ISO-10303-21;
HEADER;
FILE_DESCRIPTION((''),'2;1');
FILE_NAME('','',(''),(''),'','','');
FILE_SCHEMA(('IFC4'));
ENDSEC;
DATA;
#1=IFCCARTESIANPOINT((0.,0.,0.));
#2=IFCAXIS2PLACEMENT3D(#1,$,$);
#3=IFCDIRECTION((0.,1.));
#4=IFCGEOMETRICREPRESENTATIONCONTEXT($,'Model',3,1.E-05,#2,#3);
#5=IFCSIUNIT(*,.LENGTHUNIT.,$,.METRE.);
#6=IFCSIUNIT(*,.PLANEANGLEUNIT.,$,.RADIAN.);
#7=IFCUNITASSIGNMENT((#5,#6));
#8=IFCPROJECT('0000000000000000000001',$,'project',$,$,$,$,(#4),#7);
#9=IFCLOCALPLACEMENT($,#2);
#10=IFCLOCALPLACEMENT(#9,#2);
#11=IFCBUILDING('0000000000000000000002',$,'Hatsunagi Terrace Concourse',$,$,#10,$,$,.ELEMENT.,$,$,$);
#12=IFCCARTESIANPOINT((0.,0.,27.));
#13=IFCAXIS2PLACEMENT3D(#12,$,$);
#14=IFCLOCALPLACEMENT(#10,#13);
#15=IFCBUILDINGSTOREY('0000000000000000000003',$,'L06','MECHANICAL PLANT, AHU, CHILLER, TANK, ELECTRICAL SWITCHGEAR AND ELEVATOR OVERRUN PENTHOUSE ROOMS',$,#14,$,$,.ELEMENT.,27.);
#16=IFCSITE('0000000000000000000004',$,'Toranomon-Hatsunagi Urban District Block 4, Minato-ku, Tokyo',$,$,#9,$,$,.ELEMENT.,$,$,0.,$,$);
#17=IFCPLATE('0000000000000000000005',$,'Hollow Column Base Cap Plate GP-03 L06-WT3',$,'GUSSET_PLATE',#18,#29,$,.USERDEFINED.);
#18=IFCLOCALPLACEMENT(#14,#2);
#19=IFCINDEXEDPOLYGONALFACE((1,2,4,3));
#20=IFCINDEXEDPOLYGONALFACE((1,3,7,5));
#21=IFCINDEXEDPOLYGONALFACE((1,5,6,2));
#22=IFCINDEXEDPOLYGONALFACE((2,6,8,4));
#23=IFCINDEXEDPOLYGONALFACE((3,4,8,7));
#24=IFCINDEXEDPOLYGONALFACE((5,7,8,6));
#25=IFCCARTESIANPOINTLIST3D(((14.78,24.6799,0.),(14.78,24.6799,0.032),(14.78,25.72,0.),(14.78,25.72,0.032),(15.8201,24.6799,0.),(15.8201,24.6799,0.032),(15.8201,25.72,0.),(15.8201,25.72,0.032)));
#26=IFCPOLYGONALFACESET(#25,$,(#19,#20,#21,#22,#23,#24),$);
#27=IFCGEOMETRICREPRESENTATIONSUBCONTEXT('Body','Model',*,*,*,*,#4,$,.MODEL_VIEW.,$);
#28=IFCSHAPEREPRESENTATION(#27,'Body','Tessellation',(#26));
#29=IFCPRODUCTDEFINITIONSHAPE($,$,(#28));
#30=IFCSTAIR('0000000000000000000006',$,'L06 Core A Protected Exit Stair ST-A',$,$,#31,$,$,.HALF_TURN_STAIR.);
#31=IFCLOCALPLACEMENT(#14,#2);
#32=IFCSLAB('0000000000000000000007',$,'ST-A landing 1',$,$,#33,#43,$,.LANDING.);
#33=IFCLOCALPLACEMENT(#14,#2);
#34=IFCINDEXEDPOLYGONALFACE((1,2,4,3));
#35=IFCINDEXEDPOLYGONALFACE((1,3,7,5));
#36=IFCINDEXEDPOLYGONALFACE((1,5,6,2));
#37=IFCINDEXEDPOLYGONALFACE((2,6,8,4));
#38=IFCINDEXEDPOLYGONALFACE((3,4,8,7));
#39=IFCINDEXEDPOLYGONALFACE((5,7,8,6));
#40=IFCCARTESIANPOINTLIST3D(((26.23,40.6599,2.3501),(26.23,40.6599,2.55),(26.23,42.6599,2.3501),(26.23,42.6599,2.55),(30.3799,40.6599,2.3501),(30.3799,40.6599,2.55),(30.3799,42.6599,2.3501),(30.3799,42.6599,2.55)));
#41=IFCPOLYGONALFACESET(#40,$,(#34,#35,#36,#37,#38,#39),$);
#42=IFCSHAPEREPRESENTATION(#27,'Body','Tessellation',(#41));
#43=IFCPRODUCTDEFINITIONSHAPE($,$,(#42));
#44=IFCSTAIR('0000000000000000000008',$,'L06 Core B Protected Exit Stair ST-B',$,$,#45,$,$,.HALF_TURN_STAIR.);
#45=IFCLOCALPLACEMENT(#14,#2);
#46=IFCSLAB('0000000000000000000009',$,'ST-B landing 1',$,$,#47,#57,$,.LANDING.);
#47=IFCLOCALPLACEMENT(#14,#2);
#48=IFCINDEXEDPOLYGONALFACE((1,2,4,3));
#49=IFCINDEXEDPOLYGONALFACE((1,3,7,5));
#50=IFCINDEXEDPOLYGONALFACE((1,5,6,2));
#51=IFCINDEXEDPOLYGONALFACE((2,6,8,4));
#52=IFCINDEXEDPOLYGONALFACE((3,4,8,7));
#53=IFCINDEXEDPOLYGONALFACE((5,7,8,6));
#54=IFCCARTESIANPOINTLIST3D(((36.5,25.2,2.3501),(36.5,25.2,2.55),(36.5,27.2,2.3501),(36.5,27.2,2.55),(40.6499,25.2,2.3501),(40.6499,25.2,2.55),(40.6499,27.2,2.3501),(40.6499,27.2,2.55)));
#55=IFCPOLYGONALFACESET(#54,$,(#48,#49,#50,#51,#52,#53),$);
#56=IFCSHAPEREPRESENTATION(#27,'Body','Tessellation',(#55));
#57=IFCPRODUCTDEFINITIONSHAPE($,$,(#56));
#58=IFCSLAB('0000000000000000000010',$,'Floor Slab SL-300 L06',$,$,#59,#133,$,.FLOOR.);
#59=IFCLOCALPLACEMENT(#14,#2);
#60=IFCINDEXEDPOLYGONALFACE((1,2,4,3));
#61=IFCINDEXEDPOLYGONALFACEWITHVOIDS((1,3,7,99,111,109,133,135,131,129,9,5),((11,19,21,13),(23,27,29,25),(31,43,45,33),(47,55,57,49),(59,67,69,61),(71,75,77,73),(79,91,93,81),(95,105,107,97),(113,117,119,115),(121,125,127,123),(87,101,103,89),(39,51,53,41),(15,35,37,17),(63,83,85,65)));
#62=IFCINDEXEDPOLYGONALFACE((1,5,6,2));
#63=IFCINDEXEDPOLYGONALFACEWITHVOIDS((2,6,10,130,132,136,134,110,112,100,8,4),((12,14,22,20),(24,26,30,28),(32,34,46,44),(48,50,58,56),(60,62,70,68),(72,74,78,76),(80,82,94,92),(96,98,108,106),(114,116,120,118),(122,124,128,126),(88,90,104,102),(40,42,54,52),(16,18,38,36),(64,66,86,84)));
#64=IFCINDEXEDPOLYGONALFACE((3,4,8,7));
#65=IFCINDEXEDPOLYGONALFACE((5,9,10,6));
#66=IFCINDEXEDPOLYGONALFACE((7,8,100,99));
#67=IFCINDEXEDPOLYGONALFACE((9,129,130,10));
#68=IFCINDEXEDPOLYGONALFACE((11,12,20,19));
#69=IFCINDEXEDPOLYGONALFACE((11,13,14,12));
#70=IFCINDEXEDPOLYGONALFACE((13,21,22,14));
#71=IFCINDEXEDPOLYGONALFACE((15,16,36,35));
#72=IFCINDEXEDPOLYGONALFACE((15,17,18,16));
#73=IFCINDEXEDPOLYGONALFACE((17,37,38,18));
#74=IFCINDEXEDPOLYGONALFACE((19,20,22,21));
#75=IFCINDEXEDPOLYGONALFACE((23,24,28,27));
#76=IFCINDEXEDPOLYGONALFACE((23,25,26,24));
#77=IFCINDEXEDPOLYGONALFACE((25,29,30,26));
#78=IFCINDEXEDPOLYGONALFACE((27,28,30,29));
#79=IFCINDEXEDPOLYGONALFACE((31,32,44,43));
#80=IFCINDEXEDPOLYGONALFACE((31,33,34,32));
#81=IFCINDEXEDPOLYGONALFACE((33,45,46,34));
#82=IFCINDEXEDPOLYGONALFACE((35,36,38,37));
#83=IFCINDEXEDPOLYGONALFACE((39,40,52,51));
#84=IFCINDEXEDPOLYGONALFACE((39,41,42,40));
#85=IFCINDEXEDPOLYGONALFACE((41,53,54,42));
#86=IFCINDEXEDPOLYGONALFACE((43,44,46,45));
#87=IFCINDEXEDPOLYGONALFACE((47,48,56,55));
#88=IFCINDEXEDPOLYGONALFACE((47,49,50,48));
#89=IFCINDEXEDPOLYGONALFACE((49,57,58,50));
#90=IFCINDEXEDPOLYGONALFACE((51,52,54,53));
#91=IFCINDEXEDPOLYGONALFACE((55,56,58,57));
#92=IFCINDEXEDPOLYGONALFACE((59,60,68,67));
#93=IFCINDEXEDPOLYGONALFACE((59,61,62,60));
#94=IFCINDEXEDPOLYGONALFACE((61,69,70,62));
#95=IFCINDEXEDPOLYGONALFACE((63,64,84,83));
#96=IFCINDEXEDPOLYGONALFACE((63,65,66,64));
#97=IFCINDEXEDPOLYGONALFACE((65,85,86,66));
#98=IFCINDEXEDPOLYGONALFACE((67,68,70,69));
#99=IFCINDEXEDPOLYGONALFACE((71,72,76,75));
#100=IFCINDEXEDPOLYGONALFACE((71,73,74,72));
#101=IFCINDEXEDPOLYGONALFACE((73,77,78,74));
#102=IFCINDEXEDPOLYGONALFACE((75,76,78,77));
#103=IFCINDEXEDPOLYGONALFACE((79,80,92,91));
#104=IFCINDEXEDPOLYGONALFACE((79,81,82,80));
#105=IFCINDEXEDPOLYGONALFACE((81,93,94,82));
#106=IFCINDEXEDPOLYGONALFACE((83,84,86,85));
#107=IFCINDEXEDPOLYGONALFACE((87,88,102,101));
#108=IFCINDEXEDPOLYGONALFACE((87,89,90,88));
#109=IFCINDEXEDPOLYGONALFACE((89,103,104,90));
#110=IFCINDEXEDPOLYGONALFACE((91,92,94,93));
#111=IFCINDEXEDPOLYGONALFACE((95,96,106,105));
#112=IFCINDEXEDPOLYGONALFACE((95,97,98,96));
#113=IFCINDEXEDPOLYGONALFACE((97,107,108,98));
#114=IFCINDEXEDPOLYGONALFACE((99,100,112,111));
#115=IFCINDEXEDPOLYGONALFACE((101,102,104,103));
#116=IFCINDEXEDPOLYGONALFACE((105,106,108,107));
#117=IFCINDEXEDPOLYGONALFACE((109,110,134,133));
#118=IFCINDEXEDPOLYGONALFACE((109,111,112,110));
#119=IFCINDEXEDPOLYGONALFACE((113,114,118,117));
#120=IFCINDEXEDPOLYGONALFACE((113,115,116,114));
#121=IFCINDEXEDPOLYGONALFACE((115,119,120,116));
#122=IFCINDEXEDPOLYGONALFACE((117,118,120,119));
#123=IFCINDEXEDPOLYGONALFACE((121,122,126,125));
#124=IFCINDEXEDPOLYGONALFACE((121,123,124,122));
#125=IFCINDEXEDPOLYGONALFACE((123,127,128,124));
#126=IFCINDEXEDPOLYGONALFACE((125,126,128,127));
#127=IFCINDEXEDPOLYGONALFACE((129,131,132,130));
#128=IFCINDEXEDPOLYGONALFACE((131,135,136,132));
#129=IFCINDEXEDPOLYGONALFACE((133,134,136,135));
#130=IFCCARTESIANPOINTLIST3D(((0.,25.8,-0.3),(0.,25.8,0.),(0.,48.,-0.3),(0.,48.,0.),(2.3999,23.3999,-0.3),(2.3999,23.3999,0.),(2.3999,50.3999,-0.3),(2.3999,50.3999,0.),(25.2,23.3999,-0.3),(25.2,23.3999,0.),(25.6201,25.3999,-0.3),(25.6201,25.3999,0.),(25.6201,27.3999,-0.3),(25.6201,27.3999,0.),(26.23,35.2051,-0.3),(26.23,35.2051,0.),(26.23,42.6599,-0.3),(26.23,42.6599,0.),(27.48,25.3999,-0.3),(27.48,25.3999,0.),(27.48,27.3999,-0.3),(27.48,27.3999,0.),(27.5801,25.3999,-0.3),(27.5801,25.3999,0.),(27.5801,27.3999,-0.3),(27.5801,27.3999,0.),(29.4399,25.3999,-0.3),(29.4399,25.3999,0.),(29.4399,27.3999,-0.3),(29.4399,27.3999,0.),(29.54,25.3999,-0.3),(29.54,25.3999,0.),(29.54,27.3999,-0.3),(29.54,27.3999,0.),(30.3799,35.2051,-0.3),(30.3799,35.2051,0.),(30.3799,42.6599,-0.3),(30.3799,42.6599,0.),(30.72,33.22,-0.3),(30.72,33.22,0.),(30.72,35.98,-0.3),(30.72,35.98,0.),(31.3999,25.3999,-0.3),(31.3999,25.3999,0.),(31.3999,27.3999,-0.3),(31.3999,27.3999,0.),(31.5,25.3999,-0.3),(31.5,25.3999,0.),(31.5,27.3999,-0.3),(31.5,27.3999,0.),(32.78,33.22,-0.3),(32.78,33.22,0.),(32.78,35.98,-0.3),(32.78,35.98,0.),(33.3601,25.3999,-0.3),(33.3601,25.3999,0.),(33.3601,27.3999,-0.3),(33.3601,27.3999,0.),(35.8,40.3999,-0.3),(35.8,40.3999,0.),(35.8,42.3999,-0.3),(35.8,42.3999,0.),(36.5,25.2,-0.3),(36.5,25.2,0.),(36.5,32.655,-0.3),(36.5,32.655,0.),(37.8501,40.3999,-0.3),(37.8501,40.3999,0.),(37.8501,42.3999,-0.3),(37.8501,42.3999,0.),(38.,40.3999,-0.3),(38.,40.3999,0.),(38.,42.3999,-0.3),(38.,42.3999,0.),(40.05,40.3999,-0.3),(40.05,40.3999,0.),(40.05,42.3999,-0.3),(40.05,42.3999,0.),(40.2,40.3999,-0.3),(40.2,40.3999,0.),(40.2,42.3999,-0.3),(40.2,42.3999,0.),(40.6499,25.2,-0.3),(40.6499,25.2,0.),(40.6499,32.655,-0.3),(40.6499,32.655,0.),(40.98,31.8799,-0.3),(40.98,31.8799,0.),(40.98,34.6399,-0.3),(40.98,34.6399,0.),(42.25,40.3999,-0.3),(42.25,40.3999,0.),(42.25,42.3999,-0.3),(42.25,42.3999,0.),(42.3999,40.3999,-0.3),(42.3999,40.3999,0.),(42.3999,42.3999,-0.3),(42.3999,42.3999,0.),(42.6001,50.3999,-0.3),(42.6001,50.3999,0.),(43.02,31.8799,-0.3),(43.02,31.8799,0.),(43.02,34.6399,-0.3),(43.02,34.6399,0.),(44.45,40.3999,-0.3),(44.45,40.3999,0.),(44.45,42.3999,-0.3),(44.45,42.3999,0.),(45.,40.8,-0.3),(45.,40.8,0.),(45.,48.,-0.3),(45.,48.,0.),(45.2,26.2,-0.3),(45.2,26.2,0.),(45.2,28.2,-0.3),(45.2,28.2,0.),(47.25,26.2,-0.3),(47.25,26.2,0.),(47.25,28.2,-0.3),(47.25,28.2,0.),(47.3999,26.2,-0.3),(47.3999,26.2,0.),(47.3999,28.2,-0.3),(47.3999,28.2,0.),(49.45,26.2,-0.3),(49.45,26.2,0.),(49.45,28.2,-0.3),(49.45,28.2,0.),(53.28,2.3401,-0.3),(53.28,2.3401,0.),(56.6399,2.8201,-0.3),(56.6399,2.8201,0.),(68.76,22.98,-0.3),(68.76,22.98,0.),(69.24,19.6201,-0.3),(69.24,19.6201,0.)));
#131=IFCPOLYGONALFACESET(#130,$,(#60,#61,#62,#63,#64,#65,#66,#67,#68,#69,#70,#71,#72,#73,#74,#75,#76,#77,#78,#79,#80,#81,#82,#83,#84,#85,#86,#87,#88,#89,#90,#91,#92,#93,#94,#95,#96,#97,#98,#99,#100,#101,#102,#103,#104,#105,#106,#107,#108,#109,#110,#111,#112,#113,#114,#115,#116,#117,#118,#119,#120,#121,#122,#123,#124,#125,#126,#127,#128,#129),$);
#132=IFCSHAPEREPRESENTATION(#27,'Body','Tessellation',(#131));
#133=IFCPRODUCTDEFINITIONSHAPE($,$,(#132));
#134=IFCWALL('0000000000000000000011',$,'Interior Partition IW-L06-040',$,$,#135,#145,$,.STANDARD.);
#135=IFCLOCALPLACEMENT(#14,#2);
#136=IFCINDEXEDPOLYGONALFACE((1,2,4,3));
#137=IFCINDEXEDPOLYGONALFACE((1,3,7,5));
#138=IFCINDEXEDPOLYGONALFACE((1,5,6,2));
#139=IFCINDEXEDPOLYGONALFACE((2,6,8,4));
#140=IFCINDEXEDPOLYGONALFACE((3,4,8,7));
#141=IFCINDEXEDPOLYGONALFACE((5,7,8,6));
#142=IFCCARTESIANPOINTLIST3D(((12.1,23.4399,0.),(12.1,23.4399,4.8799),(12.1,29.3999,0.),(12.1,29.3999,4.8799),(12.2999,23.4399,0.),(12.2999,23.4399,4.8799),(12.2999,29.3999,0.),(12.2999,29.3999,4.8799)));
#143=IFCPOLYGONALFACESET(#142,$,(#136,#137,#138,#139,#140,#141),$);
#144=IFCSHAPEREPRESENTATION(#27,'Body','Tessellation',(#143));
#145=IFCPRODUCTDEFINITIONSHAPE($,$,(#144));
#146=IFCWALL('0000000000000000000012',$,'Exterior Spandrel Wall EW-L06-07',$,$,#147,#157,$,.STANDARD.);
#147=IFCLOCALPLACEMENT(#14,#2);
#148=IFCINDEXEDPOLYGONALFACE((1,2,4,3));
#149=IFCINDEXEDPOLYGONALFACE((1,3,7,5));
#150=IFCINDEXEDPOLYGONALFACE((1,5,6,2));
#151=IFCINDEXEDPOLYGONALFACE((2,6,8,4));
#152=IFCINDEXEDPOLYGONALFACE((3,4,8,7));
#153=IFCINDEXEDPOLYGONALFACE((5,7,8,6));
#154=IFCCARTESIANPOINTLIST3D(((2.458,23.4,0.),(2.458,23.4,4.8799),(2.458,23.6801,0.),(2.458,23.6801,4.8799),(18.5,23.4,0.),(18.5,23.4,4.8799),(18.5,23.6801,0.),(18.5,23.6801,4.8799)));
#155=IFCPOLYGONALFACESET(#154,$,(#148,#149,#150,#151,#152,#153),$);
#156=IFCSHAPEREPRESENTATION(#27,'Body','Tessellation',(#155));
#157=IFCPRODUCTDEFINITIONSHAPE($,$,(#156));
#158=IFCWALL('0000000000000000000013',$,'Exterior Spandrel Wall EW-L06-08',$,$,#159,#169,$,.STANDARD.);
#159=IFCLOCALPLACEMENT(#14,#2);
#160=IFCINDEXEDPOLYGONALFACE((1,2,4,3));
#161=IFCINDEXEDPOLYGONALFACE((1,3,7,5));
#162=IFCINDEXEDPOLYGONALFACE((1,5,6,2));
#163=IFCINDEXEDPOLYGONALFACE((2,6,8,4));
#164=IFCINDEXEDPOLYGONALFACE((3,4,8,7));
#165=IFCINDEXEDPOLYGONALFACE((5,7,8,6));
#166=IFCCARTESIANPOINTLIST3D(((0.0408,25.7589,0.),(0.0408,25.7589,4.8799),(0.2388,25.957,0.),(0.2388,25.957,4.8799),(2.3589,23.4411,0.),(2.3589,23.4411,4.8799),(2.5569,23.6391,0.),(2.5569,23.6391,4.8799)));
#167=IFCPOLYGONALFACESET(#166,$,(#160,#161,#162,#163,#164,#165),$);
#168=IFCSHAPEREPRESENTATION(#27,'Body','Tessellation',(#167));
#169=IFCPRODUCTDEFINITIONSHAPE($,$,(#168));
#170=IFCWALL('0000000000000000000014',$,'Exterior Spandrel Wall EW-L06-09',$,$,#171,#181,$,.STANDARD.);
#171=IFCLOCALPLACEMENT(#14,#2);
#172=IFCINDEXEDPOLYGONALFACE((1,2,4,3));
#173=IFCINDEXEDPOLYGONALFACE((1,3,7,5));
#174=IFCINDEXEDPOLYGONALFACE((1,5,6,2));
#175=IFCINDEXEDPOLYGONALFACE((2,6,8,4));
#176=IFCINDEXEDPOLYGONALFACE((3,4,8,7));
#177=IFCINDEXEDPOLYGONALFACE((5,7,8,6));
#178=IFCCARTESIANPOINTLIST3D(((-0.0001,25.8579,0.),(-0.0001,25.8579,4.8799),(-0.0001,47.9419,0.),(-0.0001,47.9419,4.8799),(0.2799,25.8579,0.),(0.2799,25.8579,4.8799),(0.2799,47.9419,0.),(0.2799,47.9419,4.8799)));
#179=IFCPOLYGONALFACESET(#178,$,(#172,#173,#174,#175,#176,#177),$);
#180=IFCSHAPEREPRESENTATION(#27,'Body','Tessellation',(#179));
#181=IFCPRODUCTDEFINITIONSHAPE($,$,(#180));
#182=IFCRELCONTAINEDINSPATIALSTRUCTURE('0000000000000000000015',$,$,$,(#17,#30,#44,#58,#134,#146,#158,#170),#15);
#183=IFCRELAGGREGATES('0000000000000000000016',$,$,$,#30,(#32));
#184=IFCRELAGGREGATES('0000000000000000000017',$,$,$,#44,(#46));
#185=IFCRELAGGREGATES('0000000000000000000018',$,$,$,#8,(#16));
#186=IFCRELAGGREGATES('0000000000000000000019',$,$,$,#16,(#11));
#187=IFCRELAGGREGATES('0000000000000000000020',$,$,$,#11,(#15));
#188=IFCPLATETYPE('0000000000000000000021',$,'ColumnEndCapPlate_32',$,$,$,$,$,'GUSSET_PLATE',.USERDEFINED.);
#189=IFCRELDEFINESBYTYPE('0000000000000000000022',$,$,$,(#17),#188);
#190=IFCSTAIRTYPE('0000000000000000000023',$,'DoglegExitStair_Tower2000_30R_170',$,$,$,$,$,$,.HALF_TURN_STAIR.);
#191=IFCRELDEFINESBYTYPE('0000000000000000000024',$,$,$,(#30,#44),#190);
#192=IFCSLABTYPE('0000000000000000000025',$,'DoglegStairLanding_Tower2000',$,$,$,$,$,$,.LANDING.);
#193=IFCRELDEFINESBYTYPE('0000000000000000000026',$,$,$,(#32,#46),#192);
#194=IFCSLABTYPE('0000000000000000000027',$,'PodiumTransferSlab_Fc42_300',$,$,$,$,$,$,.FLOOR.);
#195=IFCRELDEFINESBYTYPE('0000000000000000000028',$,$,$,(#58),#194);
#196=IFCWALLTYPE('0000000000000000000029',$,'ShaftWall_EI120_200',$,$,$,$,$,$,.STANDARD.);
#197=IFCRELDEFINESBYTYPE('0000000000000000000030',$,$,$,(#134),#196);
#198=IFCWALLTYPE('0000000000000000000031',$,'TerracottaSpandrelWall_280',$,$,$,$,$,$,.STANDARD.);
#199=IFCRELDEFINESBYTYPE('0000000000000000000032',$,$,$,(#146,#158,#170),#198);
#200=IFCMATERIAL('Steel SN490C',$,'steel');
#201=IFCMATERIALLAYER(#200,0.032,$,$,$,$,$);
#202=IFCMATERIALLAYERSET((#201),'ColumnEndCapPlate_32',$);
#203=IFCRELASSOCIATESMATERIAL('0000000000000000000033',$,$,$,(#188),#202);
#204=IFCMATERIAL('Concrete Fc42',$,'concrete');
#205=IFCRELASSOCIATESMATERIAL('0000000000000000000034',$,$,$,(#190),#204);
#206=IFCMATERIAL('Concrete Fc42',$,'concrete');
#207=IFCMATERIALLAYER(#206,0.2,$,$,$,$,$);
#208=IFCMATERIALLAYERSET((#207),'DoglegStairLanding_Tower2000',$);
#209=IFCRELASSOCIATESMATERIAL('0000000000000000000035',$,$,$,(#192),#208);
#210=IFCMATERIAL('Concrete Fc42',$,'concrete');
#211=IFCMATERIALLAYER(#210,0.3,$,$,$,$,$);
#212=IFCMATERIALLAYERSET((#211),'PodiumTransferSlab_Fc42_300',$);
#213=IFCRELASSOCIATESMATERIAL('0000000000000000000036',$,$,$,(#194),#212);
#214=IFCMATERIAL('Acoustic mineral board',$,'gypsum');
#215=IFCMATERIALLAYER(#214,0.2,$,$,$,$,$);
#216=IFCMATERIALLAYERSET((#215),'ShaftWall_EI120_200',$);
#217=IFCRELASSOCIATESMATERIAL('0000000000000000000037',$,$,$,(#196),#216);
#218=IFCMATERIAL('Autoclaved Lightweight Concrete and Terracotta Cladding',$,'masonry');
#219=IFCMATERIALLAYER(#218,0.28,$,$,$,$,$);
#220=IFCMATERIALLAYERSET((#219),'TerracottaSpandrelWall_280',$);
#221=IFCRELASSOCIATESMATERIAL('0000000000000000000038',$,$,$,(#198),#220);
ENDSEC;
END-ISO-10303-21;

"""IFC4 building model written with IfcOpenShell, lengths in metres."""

from ifc_helpers import new_model, si_unit, direction, frame, frame_2d, origin, origin_2d, place, context, subcontext, project, spatial, polyline, rectangle, outline, extrude, material, layer, layer_set, type_object, element, aggregate, save


model = new_model("IFC4")

# Units and contexts
model_context = context("Model", 3, precision=1e-05, world=origin(), true_north=direction((0.0, 1.0)))
body_context = subcontext(model_context, "Body", "Model", "MODEL_VIEW")
ifc_project = project(units=[si_unit("LENGTHUNIT", "METRE"), si_unit("PLANEANGLEUNIT", "RADIAN")], contexts=[model_context])

# Site, building, storey
site_placement = place(None, origin())
site = spatial("IfcSite", under=ifc_project, at=site_placement, Name="Toranomon-Hatsunagi Urban District Block 4, Minato-ku, Tokyo", CompositionType="ELEMENT", RefElevation=0.0)
building_placement = place(site_placement, origin())
building = spatial("IfcBuilding", under=site, at=building_placement, Name="Hatsunagi Terrace Concourse", CompositionType="ELEMENT")
storey_placement = place(building_placement, frame((0.0, 0.0, 27.0)))
storey = spatial("IfcBuildingStorey", under=building, at=storey_placement, Name="L06", Description="MECHANICAL PLANT, AHU, CHILLER, TANK, ELECTRICAL SWITCHGEAR AND ELEVATOR OVERRUN PENTHOUSE ROOMS", CompositionType="ELEMENT", Elevation=27.0)

# Plate
ifc_material_1 = material(Name="Steel SN490C", Category="steel")
ifc_layer_1 = layer(ifc_material_1, 0.032)
ifc_layer_set_1 = layer_set([ifc_layer_1], Name="ColumnEndCapPlate_32")
plate_type = type_object("IfcPlateType", Name="ColumnEndCapPlate_32", ElementType="GUSSET_PLATE", PredefinedType="USERDEFINED", material=ifc_layer_set_1)
plate_placement = place(storey_placement, frame((15.3, 25.2, 0.0), z_axis=(0.0, 0.0, 1.0), x_axis=(1.0, 0.0, 0.0)))
element("IfcPlate", 1, at=plate_placement, inside=storey, type_object=plate_type, Name="Hollow Column Base Cap Plate GP-03 L06-WT3", ObjectType="GUSSET_PLATE", PredefinedType="USERDEFINED", context=body_context, shape_type="SweptSolid", body=[
    extrude(rectangle(XDim=1.04, YDim=1.04, at=origin_2d()), origin(), (0.0, 0.0, 1.0), 0.032),
])

# Stairs, slabs
ifc_material_2 = material(Name="Concrete Fc42", Category="concrete")
stair_type = type_object("IfcStairType", Name="DoglegExitStair_Tower2000_30R_170", PredefinedType="HALF_TURN_STAIR", material=ifc_material_2)
stair_1_placement = place(storey_placement, origin())
stair_1 = element("IfcStair", 2, at=stair_1_placement, inside=storey, type_object=stair_type, Name="L06 Core A Protected Exit Stair ST-A", PredefinedType="HALF_TURN_STAIR")
ifc_material_3 = material(Name="Concrete Fc42", Category="concrete")
ifc_layer_2 = layer(ifc_material_3, 0.2)
ifc_layer_set_2 = layer_set([ifc_layer_2], Name="DoglegStairLanding_Tower2000")
slab_type_1 = type_object("IfcSlabType", Name="DoglegStairLanding_Tower2000", PredefinedType="LANDING", material=ifc_layer_set_2)
slab_1_placement = place(storey_placement, frame((0.0, 0.0, 2.3501)))
slab_1 = element("IfcSlab", 3, at=slab_1_placement, type_object=slab_type_1, Name="ST-A landing 1", PredefinedType="LANDING", context=body_context, shape_type="SweptSolid", body=[
    extrude(outline(polyline([(30.3799, 40.6599), (30.3799, 42.6599), (26.23, 42.6599), (26.23, 40.6599), (30.3799, 40.6599)])), origin(), (0.0, 0.0, 1.0), 0.2),
])
aggregate(stair_1, [slab_1])
stair_2_placement = place(storey_placement, origin())
stair_2 = element("IfcStair", 4, at=stair_2_placement, inside=storey, type_object=stair_type, Name="L06 Core B Protected Exit Stair ST-B", PredefinedType="HALF_TURN_STAIR")
slab_2_placement = place(storey_placement, frame((0.0, 0.0, 2.3501)))
slab_2 = element("IfcSlab", 5, at=slab_2_placement, type_object=slab_type_1, Name="ST-B landing 1", PredefinedType="LANDING", context=body_context, shape_type="SweptSolid", body=[
    extrude(outline(polyline([(36.5, 27.2), (36.5, 25.2), (40.6499, 25.2), (40.6499, 27.2), (36.5, 27.2)])), origin(), (0.0, 0.0, 1.0), 0.2),
])
aggregate(stair_2, [slab_2])

# Slab
ifc_material_4 = material(Name="Concrete Fc42", Category="concrete")
ifc_layer_3 = layer(ifc_material_4, 0.3)
ifc_layer_set_3 = layer_set([ifc_layer_3], Name="PodiumTransferSlab_Fc42_300")
slab_type_2 = type_object("IfcSlabType", Name="PodiumTransferSlab_Fc42_300", PredefinedType="FLOOR", material=ifc_layer_set_3)
slab_3_placement = place(storey_placement, frame((0.0, 0.0, -0.3)))
element("IfcSlab", 6, at=slab_3_placement, inside=storey, type_object=slab_type_2, Name="Floor Slab SL-300 L06", PredefinedType="FLOOR", context=body_context, shape_type="SweptSolid", body=[
    extrude(outline(polyline([(45.0, 40.8), (45.0, 48.0), (42.6001, 50.3999), (2.3999, 50.3999), (0.0, 48.0), (0.0, 25.8), (2.3999, 23.3999), (25.2, 23.3999), (53.28, 2.3401), (56.6399, 2.8201), (69.24, 19.6201), (68.76, 22.98), (45.0, 40.8)]), holes=[polyline([(26.23, 35.2051), (30.3799, 35.2051), (30.3799, 42.6599), (26.23, 42.6599), (26.23, 35.2051)]), polyline([(36.5, 25.2), (40.6499, 25.2), (40.6499, 32.655), (36.5, 32.655), (36.5, 25.2)]), polyline([(30.72, 33.22), (32.78, 33.22), (32.78, 35.98), (30.72, 35.98), (30.72, 33.22)]), polyline([(40.98, 31.8799), (43.02, 31.8799), (43.02, 34.6399), (40.98, 34.6399), (40.98, 31.8799)]), polyline([(25.6201, 25.3999), (27.48, 25.3999), (27.48, 27.3999), (25.6201, 27.3999), (25.6201, 25.3999)]), polyline([(27.5801, 25.3999), (29.4399, 25.3999), (29.4399, 27.3999), (27.5801, 27.3999), (27.5801, 25.3999)]), polyline([(29.54, 25.3999), (31.3999, 25.3999), (31.3999, 27.3999), (29.54, 27.3999), (29.54, 25.3999)]), polyline([(31.5, 25.3999), (33.3601, 25.3999), (33.3601, 27.3999), (31.5, 27.3999), (31.5, 25.3999)]), polyline([(35.8, 40.3999), (37.8501, 40.3999), (37.8501, 42.3999), (35.8, 42.3999), (35.8, 40.3999)]), polyline([(38.0, 40.3999), (40.05, 40.3999), (40.05, 42.3999), (38.0, 42.3999), (38.0, 40.3999)]), polyline([(40.2, 40.3999), (42.25, 40.3999), (42.25, 42.3999), (40.2, 42.3999), (40.2, 40.3999)]), polyline([(42.3999, 40.3999), (44.45, 40.3999), (44.45, 42.3999), (42.3999, 42.3999), (42.3999, 40.3999)]), polyline([(45.2, 26.2), (47.25, 26.2), (47.25, 28.2), (45.2, 28.2), (45.2, 26.2)]), polyline([(47.3999, 26.2), (49.45, 26.2), (49.45, 28.2), (47.3999, 28.2), (47.3999, 26.2)])]), origin(), (0.0, 0.0, 1.0), 0.3),
])

# Walls
ifc_material_5 = material(Name="Acoustic mineral board", Category="gypsum")
ifc_layer_4 = layer(ifc_material_5, 0.2)
ifc_layer_set_4 = layer_set([ifc_layer_4], Name="ShaftWall_EI120_200")
wall_type_1 = type_object("IfcWallType", Name="ShaftWall_EI120_200", PredefinedType="STANDARD", material=ifc_layer_set_4)
wall_1_placement = place(storey_placement, frame((12.2, 23.4399, 0.0), z_axis=(0.0, 0.0, 1.0), x_axis=(0.0, 1.0, 0.0)))
element("IfcWall", 7, at=wall_1_placement, inside=storey, type_object=wall_type_1, Name="Interior Partition IW-L06-040", PredefinedType="STANDARD", context=body_context, shape_type="SweptSolid", body=[
    extrude(rectangle(XDim=5.96, YDim=0.2, at=frame_2d((2.98, 0.0))), origin(), (0.0, 0.0, 1.0), 4.8799),
])
ifc_material_6 = material(Name="Autoclaved Lightweight Concrete and Terracotta Cladding", Category="masonry")
ifc_layer_5 = layer(ifc_material_6, 0.28)
ifc_layer_set_5 = layer_set([ifc_layer_5], Name="TerracottaSpandrelWall_280")
wall_type_2 = type_object("IfcWallType", Name="TerracottaSpandrelWall_280", PredefinedType="STANDARD", material=ifc_layer_set_5)
wall_2_placement = place(storey_placement, frame((18.5, 23.54, 0.0), z_axis=(0.0, 0.0, 1.0), x_axis=(-1.0, 0.0, 0.0)))
element("IfcWall", 8, at=wall_2_placement, inside=storey, type_object=wall_type_2, Name="Exterior Spandrel Wall EW-L06-07", PredefinedType="STANDARD", context=body_context, shape_type="SweptSolid", body=[
    extrude(rectangle(XDim=16.042, YDim=0.28, at=frame_2d((8.021, 0.0))), origin(), (0.0, 0.0, 1.0), 4.8799),
])
wall_3_placement = place(storey_placement, frame((2.458, 23.54, 0.0), z_axis=(0.0, 0.0, 1.0), x_axis=(-0.707144, 0.70707, 0.0)))
element("IfcWall", 9, at=wall_3_placement, inside=storey, type_object=wall_type_2, Name="Exterior Spandrel Wall EW-L06-08", PredefinedType="STANDARD", context=body_context, shape_type="SweptSolid", body=[
    extrude(rectangle(XDim=3.2781, YDim=0.28, at=frame_2d((1.6392, 0.0))), origin(), (0.0, 0.0, 1.0), 4.8799),
])
wall_4_placement = place(storey_placement, frame((0.1399, 25.8579, 0.0), z_axis=(0.0, 0.0, 1.0), x_axis=(0.0, 1.0, 0.0)))
element("IfcWall", 10, at=wall_4_placement, inside=storey, type_object=wall_type_2, Name="Exterior Spandrel Wall EW-L06-09", PredefinedType="STANDARD", context=body_context, shape_type="SweptSolid", body=[
    extrude(rectangle(XDim=22.084, YDim=0.28, at=frame_2d((11.042, 0.0))), origin(), (0.0, 0.0, 1.0), 4.8799),
])

save(model, "model.ifc")
